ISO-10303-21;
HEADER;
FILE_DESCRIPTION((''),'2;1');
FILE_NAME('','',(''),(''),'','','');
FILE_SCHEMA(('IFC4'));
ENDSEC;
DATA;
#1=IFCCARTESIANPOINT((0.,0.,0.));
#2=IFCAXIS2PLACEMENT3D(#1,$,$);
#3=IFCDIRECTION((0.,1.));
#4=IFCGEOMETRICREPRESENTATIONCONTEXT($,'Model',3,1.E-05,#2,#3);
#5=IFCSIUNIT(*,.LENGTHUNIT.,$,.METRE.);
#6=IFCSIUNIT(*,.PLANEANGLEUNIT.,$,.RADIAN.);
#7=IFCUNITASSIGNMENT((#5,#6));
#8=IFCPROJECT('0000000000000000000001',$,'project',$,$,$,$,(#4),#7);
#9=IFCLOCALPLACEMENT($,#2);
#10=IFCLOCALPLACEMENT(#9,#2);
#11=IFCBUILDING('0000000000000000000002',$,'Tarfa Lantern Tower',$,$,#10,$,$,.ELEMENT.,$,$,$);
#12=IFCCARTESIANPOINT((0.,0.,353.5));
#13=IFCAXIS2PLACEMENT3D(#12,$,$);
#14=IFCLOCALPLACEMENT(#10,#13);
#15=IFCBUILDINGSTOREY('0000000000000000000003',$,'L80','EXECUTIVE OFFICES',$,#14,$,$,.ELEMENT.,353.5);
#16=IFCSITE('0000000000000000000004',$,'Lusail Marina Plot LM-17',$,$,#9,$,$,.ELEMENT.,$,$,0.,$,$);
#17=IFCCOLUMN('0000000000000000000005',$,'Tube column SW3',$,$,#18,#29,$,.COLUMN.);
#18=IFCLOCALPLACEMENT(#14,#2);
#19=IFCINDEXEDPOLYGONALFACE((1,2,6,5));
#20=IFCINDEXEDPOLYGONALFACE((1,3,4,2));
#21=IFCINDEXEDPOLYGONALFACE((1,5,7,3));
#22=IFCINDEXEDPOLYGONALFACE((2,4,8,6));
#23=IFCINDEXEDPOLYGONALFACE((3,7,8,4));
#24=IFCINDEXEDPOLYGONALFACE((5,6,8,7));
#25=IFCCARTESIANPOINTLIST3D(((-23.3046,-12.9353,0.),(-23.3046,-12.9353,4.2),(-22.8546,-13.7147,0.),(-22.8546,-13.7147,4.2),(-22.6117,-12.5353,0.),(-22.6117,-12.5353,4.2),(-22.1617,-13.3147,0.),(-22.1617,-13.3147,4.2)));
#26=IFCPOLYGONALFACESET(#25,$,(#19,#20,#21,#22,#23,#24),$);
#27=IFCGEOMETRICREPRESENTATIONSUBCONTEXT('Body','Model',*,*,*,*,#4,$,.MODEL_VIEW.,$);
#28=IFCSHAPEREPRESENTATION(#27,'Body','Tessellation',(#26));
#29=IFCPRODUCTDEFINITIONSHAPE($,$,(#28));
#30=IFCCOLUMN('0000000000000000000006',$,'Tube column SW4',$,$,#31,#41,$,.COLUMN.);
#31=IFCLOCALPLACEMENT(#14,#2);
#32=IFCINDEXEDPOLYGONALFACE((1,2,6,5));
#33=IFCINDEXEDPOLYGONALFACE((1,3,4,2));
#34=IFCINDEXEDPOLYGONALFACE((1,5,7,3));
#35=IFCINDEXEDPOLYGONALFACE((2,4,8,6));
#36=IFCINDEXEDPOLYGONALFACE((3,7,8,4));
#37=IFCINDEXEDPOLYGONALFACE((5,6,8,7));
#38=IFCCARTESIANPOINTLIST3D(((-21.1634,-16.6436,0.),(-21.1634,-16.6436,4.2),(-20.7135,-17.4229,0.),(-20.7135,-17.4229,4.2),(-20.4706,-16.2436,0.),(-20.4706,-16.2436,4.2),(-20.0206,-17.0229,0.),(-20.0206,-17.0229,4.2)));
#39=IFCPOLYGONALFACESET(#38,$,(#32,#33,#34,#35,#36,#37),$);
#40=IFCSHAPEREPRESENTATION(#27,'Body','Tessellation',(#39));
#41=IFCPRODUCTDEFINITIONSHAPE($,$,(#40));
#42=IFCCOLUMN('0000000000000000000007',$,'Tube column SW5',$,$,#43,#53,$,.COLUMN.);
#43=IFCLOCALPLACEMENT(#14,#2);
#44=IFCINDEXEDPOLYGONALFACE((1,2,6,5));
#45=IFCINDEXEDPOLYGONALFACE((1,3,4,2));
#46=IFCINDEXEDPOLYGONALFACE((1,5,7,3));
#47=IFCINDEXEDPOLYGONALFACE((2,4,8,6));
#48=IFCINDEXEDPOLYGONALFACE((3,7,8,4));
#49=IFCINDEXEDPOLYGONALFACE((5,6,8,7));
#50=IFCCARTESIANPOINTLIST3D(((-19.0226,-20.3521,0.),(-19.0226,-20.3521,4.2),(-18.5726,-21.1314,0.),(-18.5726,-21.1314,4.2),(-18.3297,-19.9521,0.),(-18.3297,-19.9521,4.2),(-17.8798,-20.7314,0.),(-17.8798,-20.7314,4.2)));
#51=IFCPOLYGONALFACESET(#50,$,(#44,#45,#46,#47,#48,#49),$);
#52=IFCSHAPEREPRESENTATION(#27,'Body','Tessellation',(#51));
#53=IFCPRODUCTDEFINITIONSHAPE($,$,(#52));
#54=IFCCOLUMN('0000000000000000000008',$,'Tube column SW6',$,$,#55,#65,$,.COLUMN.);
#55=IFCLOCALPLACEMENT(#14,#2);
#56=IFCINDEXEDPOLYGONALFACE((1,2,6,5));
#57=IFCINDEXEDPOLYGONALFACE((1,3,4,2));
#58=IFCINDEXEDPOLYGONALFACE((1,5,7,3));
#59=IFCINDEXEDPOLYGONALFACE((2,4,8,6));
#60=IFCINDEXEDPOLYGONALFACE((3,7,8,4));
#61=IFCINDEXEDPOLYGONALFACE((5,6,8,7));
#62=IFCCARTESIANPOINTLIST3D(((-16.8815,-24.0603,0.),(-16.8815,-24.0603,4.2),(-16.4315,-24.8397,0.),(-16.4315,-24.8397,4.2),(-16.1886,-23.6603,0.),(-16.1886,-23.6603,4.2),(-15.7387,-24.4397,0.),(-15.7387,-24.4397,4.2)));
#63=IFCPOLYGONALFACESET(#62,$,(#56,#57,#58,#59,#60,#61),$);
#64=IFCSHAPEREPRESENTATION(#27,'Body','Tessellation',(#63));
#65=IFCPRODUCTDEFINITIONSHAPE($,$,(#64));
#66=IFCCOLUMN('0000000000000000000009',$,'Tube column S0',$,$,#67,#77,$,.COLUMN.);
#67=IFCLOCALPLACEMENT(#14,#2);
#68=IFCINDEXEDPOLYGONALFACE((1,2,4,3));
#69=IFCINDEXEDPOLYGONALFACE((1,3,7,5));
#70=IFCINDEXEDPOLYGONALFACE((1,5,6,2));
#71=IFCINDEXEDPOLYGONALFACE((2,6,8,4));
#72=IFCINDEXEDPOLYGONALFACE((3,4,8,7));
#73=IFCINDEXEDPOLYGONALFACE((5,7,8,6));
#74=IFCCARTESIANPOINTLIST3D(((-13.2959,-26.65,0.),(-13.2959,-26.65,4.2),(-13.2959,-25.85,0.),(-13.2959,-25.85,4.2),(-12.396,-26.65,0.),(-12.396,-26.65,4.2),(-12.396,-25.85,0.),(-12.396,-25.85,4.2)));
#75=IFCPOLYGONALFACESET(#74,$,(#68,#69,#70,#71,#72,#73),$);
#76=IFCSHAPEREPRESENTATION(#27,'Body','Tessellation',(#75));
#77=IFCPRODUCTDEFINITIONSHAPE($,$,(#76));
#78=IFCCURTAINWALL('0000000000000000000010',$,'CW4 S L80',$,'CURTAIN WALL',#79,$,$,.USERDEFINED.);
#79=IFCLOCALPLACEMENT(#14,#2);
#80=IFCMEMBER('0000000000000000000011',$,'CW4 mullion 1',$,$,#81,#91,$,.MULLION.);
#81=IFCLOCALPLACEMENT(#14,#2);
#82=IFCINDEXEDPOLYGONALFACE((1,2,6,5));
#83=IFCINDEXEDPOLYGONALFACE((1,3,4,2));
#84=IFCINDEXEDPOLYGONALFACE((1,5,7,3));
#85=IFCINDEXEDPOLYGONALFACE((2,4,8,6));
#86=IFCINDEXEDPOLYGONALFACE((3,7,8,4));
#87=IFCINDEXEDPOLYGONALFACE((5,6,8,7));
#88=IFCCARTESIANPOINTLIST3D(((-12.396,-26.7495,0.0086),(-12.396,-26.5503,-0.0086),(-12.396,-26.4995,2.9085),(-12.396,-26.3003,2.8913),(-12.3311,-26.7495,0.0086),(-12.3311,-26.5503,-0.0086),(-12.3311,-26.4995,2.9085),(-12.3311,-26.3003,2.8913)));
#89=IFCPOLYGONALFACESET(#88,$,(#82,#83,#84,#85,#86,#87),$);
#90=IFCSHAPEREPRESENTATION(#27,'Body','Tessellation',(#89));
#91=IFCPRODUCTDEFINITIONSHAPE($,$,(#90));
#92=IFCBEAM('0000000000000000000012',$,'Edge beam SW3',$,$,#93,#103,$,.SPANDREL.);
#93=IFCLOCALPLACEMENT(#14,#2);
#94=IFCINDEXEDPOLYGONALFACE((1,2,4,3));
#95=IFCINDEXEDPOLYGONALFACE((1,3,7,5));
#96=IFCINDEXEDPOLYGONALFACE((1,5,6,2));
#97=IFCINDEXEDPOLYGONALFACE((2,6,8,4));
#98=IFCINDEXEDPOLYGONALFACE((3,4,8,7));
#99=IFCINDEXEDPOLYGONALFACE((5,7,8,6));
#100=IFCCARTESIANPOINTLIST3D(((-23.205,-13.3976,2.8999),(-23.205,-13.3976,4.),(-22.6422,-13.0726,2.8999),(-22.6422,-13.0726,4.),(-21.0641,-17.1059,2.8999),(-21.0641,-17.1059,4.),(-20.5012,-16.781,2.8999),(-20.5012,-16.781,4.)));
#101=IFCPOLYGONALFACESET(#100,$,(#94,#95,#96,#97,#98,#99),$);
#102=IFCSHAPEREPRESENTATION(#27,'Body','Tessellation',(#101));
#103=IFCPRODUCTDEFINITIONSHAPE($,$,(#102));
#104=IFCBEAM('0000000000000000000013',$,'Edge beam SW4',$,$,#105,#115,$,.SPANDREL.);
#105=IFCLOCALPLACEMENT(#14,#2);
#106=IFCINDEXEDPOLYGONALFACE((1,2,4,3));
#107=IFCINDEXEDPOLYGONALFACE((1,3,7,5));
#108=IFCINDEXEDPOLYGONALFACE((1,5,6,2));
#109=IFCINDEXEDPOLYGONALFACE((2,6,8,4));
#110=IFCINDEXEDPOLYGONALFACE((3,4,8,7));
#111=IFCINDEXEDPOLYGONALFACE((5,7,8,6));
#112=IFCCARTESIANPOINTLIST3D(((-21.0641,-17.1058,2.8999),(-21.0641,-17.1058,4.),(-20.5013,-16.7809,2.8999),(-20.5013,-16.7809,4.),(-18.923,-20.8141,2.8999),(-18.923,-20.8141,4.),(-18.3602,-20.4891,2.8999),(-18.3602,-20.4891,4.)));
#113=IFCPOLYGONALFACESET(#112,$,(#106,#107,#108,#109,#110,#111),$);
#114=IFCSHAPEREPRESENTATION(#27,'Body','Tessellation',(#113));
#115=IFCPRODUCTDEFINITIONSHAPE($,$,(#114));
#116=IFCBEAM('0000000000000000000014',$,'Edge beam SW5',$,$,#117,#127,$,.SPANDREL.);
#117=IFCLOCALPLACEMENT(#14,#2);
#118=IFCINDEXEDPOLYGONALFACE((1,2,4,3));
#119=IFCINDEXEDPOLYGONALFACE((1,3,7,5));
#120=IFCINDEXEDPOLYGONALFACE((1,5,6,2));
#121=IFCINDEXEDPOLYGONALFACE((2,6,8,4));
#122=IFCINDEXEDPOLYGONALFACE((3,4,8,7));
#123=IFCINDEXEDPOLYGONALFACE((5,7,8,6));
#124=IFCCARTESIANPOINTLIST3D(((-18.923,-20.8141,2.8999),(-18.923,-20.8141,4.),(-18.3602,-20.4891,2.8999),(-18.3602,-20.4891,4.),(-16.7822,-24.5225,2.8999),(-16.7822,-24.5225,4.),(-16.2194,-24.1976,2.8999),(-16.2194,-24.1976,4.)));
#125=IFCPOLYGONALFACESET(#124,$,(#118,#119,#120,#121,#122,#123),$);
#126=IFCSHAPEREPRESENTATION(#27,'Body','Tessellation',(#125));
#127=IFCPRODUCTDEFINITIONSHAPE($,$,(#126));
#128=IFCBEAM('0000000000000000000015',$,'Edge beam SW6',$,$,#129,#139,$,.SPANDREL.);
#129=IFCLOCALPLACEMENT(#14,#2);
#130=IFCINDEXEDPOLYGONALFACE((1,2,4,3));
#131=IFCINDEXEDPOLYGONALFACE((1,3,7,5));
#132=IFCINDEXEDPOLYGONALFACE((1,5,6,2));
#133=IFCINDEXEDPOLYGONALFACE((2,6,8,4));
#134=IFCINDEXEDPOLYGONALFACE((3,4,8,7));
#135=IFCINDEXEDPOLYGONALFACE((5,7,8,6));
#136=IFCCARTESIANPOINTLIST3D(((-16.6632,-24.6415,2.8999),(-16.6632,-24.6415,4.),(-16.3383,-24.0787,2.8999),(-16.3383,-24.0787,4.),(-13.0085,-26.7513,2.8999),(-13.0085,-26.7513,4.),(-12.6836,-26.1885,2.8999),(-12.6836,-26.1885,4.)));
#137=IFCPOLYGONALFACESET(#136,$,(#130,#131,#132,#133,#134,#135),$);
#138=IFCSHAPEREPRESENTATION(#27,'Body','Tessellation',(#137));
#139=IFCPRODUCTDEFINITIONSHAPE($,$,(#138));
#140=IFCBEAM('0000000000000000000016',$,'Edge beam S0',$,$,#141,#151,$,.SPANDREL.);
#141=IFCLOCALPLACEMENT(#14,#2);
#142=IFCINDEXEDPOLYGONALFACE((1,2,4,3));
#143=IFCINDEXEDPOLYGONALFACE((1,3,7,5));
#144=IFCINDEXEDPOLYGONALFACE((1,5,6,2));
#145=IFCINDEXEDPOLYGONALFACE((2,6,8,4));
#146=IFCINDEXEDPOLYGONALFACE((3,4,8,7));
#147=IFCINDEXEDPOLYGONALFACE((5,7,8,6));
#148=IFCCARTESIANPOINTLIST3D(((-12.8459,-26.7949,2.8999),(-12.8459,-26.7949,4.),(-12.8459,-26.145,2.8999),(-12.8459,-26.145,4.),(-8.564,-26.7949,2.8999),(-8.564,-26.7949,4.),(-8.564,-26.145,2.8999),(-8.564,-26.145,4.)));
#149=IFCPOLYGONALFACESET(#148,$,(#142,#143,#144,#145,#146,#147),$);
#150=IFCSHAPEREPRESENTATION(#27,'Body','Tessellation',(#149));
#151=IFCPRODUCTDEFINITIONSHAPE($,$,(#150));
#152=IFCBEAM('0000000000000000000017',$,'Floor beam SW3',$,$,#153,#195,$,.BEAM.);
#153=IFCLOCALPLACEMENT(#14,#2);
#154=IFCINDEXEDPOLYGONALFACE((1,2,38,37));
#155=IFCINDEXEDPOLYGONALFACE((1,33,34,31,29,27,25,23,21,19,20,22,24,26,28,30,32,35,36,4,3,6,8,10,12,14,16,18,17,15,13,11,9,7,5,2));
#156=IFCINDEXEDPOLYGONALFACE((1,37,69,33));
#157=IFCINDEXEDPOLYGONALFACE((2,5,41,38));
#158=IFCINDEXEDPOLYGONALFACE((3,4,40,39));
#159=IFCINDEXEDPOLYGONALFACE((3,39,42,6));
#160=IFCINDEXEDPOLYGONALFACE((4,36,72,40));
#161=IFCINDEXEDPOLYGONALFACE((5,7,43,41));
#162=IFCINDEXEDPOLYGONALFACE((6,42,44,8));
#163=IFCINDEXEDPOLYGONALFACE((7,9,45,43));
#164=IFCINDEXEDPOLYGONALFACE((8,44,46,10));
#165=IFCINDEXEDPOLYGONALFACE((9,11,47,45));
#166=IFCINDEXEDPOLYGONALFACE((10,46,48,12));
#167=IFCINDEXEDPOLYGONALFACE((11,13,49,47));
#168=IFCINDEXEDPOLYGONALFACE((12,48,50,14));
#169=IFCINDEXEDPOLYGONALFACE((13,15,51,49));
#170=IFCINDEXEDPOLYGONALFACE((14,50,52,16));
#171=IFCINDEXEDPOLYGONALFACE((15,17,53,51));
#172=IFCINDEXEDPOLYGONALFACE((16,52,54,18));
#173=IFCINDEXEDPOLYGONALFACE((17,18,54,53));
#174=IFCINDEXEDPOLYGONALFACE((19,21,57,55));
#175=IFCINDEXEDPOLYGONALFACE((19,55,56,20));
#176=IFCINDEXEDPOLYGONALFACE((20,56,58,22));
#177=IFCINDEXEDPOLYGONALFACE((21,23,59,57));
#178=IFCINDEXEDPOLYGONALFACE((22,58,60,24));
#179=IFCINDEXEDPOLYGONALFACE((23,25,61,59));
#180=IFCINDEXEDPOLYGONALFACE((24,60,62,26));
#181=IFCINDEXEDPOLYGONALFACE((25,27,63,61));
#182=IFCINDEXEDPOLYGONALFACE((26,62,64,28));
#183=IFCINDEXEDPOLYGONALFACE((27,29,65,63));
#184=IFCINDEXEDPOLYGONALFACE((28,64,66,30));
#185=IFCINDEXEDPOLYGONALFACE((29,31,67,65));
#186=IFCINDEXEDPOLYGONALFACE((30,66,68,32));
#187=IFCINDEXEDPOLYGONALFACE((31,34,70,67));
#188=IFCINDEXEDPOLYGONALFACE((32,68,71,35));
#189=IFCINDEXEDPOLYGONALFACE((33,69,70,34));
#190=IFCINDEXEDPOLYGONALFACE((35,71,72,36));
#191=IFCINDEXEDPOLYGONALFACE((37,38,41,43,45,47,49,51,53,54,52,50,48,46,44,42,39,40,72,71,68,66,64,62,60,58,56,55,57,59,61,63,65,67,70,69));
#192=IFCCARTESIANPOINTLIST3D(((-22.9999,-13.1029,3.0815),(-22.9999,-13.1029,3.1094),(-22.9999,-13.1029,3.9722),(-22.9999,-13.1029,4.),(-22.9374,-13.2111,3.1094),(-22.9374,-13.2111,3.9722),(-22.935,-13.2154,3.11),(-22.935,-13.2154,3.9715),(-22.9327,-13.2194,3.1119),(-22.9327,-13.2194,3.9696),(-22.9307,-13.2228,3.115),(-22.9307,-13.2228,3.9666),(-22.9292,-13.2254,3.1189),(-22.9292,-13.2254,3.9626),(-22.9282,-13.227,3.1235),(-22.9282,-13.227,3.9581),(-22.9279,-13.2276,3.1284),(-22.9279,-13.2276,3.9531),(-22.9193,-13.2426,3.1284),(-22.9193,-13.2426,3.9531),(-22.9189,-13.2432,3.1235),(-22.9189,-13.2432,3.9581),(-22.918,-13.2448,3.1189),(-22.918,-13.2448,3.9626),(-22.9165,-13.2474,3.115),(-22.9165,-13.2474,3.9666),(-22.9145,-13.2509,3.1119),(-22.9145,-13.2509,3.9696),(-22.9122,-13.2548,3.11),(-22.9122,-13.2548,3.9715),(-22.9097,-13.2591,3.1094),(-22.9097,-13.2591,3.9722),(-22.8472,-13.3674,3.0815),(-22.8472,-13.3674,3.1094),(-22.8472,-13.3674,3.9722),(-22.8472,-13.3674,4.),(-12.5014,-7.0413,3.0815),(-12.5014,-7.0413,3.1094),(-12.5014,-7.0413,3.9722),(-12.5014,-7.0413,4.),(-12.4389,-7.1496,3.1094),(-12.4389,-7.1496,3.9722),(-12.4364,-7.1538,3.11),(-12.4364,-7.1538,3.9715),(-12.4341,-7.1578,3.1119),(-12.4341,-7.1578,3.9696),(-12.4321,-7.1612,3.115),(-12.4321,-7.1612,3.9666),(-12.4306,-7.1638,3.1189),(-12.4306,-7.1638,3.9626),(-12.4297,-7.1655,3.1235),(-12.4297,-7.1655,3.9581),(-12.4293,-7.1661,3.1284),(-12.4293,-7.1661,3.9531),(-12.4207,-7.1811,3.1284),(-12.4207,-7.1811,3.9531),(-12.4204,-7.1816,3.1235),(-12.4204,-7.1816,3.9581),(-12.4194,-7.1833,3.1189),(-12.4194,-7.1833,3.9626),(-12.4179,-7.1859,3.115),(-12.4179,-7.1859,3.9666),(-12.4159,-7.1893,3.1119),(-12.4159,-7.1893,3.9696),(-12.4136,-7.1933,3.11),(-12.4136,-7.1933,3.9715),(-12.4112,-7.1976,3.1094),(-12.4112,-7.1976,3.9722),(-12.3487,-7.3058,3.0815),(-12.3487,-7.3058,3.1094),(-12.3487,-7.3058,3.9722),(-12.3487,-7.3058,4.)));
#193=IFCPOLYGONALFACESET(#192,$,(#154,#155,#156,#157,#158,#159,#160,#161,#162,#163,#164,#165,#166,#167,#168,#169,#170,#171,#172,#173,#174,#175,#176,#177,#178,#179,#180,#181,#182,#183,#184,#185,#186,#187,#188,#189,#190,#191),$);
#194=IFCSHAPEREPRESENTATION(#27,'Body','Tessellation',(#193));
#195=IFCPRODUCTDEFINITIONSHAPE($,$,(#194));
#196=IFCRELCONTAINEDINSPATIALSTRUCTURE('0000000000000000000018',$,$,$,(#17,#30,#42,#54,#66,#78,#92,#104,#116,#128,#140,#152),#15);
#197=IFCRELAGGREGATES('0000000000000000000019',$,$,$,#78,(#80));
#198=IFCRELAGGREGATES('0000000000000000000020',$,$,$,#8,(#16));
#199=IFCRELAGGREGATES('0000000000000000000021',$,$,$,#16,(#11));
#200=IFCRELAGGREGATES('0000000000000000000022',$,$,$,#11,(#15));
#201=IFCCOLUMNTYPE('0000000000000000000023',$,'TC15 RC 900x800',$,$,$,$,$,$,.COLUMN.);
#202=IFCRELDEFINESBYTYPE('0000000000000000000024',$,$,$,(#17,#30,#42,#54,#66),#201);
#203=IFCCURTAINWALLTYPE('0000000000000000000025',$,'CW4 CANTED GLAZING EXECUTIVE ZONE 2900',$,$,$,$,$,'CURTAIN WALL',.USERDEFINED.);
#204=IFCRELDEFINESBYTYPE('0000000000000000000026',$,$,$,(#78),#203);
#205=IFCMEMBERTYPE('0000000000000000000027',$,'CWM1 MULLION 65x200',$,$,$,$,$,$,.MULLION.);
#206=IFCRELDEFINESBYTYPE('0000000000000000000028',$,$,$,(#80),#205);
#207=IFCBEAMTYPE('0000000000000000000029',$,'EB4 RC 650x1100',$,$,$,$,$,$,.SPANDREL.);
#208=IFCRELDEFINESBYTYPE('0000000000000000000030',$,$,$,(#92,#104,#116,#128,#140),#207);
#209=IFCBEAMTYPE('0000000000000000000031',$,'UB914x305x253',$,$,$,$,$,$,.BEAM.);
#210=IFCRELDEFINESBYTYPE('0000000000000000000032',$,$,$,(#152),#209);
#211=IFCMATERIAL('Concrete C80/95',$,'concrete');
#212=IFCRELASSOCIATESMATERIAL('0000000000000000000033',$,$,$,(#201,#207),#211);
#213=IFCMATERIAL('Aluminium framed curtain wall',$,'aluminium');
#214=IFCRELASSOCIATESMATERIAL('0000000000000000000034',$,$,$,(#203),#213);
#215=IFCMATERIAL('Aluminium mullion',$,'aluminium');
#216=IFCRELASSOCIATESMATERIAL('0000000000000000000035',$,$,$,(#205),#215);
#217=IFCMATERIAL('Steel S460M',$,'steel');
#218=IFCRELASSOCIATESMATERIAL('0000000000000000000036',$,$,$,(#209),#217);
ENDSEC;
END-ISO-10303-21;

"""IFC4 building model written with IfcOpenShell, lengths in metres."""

from ifc_helpers import new_model, si_unit, direction, frame, origin, origin_2d, place, context, subcontext, project, spatial, rectangle, i_section, extrude, material, material_profile, profile_set, type_object, element, aggregate, save


model = new_model("IFC4")

# Units and contexts
model_context = context("Model", 3, precision=1e-05, world=origin(), true_north=direction((0.0, 1.0)))
body_context = subcontext(model_context, "Body", "Model", "MODEL_VIEW")
ifc_project = project(units=[si_unit("LENGTHUNIT", "METRE"), si_unit("PLANEANGLEUNIT", "RADIAN")], contexts=[model_context])

# Site, building, storey
site_placement = place(None, origin())
site = spatial("IfcSite", under=ifc_project, at=site_placement, Name="Lusail Marina Plot LM-17", CompositionType="ELEMENT", RefElevation=0.0)
building_placement = place(site_placement, origin())
building = spatial("IfcBuilding", under=site, at=building_placement, Name="Tarfa Lantern Tower", CompositionType="ELEMENT")
storey_placement = place(building_placement, frame((0.0, 0.0, 353.5)))
storey = spatial("IfcBuildingStorey", under=building, at=storey_placement, Name="L80", Description="EXECUTIVE OFFICES", CompositionType="ELEMENT", Elevation=353.5)

# Columns
ifc_material_1 = material(Name="Concrete C80/95", Category="concrete")
ifc_material_profile_1 = material_profile(ifc_material_1, rectangle(XDim=0.8999, YDim=0.8, at=origin_2d()), Name="RC 900x800")
ifc_profile_set_1 = profile_set([ifc_material_profile_1], Name="Concrete C80/95")
column_type = type_object("IfcColumnType", Name="TC15 RC 900x800", PredefinedType="COLUMN", material=ifc_profile_set_1)
for number, where, z_axis, x_axis, name in (
    (1, (-22.7332, -13.125, 0.0), (0.0, 0.0, 1.0), (0.5, -0.866025, 0.0), "Tube column SW3"),
    (2, (-20.592, -16.8333, 0.0), (0.0, 0.0, 1.0), (0.5, -0.866025, 0.0), "Tube column SW4"),
    (3, (-18.4512, -20.5417, 0.0), (0.0, 0.0, 1.0), (0.5, -0.866025, 0.0), "Tube column SW5"),
    (4, (-16.3101, -24.25, 0.0), (0.0, 0.0, 1.0), (0.5, -0.866025, 0.0), "Tube column SW6"),
    (5, (-12.8459, -26.25, 0.0), (0.0, 0.0, 1.0), (1.0, 0.0, 0.0), "Tube column S0"),
):
    element("IfcColumn", number, at=place(storey_placement, frame(where, z_axis=z_axis, x_axis=x_axis)), inside=storey, type_object=column_type, Name=name, PredefinedType="COLUMN", context=body_context, shape_type="SweptSolid", body=[
        extrude(rectangle(XDim=0.8999, YDim=0.8, at=origin_2d()), origin(), (0.0, 0.0, 1.0), 4.2),
    ])

# Curtain wall, member
ifc_material_2 = material(Name="Aluminium framed curtain wall", Category="aluminium")
curtain_wall_type = type_object("IfcCurtainWallType", Name="CW4 CANTED GLAZING EXECUTIVE ZONE 2900", ElementType="CURTAIN WALL", PredefinedType="USERDEFINED", material=ifc_material_2)
curtain_wall_placement = place(storey_placement, origin())
curtain_wall = element("IfcCurtainWall", 6, at=curtain_wall_placement, inside=storey, type_object=curtain_wall_type, Name="CW4 S L80", ObjectType="CURTAIN WALL", PredefinedType="USERDEFINED")
ifc_material_3 = material(Name="Aluminium mullion", Category="aluminium")
ifc_material_profile_2 = material_profile(ifc_material_3, rectangle(XDim=0.0649, YDim=0.2, at=origin_2d()), Name="AL MULLION 65x200")
ifc_profile_set_2 = profile_set([ifc_material_profile_2], Name="Aluminium mullion")
member_type = type_object("IfcMemberType", Name="CWM1 MULLION 65x200", PredefinedType="MULLION", material=ifc_profile_set_2)
member_placement = place(storey_placement, frame((-12.3635, -26.6499, 0.0), z_axis=(0.0, 0.085891, 0.996305), x_axis=(-1.0, 0.0, 0.0)))
member = element("IfcMember", 7, at=member_placement, type_object=member_type, Name="CW4 mullion 1", PredefinedType="MULLION", context=body_context, shape_type="SweptSolid", body=[
    extrude(rectangle(XDim=0.0649, YDim=0.2, at=origin_2d()), origin(), (0.0, 0.0, 1.0), 2.9106),
])

# Beams
ifc_material_profile_3 = material_profile(ifc_material_1, rectangle(XDim=0.6499, YDim=1.1001, at=origin_2d()), Name="RC 650x1100")
ifc_profile_set_3 = profile_set([ifc_material_profile_3], Name="Concrete C80/95")
beam_type_1 = type_object("IfcBeamType", Name="EB4 RC 650x1100", PredefinedType="SPANDREL", material=ifc_profile_set_3)
for number, where, z_axis, x_axis, name in (
    (8, (-22.9236, -13.2351, 3.45), (0.499984, -0.866035, 0.0), (0.866035, 0.499984, 0.0), "Edge beam SW3"),
    (9, (-20.7827, -16.9434, 3.45), (0.500027, -0.86601, 0.0), (0.86601, 0.500027, 0.0), "Edge beam SW4"),
    (10, (-18.6416, -20.6516, 3.45), (0.499959, -0.866049, 0.0), (0.866049, 0.499959, 0.0), "Edge beam SW5"),
):
    element("IfcBeam", number, at=place(storey_placement, frame(where, z_axis=z_axis, x_axis=x_axis)), inside=storey, type_object=beam_type_1, Name=name, PredefinedType="SPANDREL", context=body_context, shape_type="SweptSolid", body=[
        extrude(rectangle(XDim=0.6499, YDim=1.1001, at=origin_2d()), origin(), (0.0, 0.0, 1.0), 4.282),
    ])
beam_1_placement = place(storey_placement, frame((-16.5007, -24.3601, 3.45), z_axis=(0.866049, -0.499959, 0.0), x_axis=(0.499959, 0.866049, 0.0)))
element("IfcBeam", 11, at=beam_1_placement, inside=storey, type_object=beam_type_1, Name="Edge beam SW6", PredefinedType="SPANDREL", context=body_context, shape_type="SweptSolid", body=[
    extrude(rectangle(XDim=0.6499, YDim=1.1001, at=origin_2d()), origin(), (0.0, 0.0, 1.0), 4.22),
])
beam_2_placement = place(storey_placement, frame((-12.8459, -26.47, 3.45), z_axis=(1.0, 0.0, 0.0), x_axis=(0.0, 1.0, 0.0)))
element("IfcBeam", 12, at=beam_2_placement, inside=storey, type_object=beam_type_1, Name="Edge beam S0", PredefinedType="SPANDREL", context=body_context, shape_type="SweptSolid", body=[
    extrude(rectangle(XDim=0.6499, YDim=1.1001, at=origin_2d()), origin(), (0.0, 0.0, 1.0), 4.282),
])
ifc_material_4 = material(Name="Steel S460M", Category="steel")
ifc_material_profile_4 = material_profile(ifc_material_4, i_section(OverallWidth=0.3054, OverallDepth=0.9185, WebThickness=0.0173, FlangeThickness=0.0278, FilletRadius=0.019, at=origin_2d()), Name="UB914x305x253")
ifc_profile_set_4 = profile_set([ifc_material_profile_4], Name="Steel S460M")
beam_type_2 = type_object("IfcBeamType", Name="UB914x305x253", PredefinedType="BEAM", material=ifc_profile_set_4)
beam_3_placement = place(storey_placement, frame((-22.9236, -13.2351, 3.5408), z_axis=(0.866019, 0.500012, 0.0), x_axis=(-0.500012, 0.866019, 0.0)))
element("IfcBeam", 13, at=beam_3_placement, inside=storey, type_object=beam_type_2, Name="Floor beam SW3", PredefinedType="BEAM", context=body_context, shape_type="SweptSolid", body=[
    extrude(i_section(OverallWidth=0.3054, OverallDepth=0.9185, WebThickness=0.0173, FlangeThickness=0.0278, FilletRadius=0.019, at=origin_2d()), origin(), (0.0, 0.0, 1.0), 12.1228),
])

aggregate(curtain_wall, [member])

save(model, "model.ifc")
